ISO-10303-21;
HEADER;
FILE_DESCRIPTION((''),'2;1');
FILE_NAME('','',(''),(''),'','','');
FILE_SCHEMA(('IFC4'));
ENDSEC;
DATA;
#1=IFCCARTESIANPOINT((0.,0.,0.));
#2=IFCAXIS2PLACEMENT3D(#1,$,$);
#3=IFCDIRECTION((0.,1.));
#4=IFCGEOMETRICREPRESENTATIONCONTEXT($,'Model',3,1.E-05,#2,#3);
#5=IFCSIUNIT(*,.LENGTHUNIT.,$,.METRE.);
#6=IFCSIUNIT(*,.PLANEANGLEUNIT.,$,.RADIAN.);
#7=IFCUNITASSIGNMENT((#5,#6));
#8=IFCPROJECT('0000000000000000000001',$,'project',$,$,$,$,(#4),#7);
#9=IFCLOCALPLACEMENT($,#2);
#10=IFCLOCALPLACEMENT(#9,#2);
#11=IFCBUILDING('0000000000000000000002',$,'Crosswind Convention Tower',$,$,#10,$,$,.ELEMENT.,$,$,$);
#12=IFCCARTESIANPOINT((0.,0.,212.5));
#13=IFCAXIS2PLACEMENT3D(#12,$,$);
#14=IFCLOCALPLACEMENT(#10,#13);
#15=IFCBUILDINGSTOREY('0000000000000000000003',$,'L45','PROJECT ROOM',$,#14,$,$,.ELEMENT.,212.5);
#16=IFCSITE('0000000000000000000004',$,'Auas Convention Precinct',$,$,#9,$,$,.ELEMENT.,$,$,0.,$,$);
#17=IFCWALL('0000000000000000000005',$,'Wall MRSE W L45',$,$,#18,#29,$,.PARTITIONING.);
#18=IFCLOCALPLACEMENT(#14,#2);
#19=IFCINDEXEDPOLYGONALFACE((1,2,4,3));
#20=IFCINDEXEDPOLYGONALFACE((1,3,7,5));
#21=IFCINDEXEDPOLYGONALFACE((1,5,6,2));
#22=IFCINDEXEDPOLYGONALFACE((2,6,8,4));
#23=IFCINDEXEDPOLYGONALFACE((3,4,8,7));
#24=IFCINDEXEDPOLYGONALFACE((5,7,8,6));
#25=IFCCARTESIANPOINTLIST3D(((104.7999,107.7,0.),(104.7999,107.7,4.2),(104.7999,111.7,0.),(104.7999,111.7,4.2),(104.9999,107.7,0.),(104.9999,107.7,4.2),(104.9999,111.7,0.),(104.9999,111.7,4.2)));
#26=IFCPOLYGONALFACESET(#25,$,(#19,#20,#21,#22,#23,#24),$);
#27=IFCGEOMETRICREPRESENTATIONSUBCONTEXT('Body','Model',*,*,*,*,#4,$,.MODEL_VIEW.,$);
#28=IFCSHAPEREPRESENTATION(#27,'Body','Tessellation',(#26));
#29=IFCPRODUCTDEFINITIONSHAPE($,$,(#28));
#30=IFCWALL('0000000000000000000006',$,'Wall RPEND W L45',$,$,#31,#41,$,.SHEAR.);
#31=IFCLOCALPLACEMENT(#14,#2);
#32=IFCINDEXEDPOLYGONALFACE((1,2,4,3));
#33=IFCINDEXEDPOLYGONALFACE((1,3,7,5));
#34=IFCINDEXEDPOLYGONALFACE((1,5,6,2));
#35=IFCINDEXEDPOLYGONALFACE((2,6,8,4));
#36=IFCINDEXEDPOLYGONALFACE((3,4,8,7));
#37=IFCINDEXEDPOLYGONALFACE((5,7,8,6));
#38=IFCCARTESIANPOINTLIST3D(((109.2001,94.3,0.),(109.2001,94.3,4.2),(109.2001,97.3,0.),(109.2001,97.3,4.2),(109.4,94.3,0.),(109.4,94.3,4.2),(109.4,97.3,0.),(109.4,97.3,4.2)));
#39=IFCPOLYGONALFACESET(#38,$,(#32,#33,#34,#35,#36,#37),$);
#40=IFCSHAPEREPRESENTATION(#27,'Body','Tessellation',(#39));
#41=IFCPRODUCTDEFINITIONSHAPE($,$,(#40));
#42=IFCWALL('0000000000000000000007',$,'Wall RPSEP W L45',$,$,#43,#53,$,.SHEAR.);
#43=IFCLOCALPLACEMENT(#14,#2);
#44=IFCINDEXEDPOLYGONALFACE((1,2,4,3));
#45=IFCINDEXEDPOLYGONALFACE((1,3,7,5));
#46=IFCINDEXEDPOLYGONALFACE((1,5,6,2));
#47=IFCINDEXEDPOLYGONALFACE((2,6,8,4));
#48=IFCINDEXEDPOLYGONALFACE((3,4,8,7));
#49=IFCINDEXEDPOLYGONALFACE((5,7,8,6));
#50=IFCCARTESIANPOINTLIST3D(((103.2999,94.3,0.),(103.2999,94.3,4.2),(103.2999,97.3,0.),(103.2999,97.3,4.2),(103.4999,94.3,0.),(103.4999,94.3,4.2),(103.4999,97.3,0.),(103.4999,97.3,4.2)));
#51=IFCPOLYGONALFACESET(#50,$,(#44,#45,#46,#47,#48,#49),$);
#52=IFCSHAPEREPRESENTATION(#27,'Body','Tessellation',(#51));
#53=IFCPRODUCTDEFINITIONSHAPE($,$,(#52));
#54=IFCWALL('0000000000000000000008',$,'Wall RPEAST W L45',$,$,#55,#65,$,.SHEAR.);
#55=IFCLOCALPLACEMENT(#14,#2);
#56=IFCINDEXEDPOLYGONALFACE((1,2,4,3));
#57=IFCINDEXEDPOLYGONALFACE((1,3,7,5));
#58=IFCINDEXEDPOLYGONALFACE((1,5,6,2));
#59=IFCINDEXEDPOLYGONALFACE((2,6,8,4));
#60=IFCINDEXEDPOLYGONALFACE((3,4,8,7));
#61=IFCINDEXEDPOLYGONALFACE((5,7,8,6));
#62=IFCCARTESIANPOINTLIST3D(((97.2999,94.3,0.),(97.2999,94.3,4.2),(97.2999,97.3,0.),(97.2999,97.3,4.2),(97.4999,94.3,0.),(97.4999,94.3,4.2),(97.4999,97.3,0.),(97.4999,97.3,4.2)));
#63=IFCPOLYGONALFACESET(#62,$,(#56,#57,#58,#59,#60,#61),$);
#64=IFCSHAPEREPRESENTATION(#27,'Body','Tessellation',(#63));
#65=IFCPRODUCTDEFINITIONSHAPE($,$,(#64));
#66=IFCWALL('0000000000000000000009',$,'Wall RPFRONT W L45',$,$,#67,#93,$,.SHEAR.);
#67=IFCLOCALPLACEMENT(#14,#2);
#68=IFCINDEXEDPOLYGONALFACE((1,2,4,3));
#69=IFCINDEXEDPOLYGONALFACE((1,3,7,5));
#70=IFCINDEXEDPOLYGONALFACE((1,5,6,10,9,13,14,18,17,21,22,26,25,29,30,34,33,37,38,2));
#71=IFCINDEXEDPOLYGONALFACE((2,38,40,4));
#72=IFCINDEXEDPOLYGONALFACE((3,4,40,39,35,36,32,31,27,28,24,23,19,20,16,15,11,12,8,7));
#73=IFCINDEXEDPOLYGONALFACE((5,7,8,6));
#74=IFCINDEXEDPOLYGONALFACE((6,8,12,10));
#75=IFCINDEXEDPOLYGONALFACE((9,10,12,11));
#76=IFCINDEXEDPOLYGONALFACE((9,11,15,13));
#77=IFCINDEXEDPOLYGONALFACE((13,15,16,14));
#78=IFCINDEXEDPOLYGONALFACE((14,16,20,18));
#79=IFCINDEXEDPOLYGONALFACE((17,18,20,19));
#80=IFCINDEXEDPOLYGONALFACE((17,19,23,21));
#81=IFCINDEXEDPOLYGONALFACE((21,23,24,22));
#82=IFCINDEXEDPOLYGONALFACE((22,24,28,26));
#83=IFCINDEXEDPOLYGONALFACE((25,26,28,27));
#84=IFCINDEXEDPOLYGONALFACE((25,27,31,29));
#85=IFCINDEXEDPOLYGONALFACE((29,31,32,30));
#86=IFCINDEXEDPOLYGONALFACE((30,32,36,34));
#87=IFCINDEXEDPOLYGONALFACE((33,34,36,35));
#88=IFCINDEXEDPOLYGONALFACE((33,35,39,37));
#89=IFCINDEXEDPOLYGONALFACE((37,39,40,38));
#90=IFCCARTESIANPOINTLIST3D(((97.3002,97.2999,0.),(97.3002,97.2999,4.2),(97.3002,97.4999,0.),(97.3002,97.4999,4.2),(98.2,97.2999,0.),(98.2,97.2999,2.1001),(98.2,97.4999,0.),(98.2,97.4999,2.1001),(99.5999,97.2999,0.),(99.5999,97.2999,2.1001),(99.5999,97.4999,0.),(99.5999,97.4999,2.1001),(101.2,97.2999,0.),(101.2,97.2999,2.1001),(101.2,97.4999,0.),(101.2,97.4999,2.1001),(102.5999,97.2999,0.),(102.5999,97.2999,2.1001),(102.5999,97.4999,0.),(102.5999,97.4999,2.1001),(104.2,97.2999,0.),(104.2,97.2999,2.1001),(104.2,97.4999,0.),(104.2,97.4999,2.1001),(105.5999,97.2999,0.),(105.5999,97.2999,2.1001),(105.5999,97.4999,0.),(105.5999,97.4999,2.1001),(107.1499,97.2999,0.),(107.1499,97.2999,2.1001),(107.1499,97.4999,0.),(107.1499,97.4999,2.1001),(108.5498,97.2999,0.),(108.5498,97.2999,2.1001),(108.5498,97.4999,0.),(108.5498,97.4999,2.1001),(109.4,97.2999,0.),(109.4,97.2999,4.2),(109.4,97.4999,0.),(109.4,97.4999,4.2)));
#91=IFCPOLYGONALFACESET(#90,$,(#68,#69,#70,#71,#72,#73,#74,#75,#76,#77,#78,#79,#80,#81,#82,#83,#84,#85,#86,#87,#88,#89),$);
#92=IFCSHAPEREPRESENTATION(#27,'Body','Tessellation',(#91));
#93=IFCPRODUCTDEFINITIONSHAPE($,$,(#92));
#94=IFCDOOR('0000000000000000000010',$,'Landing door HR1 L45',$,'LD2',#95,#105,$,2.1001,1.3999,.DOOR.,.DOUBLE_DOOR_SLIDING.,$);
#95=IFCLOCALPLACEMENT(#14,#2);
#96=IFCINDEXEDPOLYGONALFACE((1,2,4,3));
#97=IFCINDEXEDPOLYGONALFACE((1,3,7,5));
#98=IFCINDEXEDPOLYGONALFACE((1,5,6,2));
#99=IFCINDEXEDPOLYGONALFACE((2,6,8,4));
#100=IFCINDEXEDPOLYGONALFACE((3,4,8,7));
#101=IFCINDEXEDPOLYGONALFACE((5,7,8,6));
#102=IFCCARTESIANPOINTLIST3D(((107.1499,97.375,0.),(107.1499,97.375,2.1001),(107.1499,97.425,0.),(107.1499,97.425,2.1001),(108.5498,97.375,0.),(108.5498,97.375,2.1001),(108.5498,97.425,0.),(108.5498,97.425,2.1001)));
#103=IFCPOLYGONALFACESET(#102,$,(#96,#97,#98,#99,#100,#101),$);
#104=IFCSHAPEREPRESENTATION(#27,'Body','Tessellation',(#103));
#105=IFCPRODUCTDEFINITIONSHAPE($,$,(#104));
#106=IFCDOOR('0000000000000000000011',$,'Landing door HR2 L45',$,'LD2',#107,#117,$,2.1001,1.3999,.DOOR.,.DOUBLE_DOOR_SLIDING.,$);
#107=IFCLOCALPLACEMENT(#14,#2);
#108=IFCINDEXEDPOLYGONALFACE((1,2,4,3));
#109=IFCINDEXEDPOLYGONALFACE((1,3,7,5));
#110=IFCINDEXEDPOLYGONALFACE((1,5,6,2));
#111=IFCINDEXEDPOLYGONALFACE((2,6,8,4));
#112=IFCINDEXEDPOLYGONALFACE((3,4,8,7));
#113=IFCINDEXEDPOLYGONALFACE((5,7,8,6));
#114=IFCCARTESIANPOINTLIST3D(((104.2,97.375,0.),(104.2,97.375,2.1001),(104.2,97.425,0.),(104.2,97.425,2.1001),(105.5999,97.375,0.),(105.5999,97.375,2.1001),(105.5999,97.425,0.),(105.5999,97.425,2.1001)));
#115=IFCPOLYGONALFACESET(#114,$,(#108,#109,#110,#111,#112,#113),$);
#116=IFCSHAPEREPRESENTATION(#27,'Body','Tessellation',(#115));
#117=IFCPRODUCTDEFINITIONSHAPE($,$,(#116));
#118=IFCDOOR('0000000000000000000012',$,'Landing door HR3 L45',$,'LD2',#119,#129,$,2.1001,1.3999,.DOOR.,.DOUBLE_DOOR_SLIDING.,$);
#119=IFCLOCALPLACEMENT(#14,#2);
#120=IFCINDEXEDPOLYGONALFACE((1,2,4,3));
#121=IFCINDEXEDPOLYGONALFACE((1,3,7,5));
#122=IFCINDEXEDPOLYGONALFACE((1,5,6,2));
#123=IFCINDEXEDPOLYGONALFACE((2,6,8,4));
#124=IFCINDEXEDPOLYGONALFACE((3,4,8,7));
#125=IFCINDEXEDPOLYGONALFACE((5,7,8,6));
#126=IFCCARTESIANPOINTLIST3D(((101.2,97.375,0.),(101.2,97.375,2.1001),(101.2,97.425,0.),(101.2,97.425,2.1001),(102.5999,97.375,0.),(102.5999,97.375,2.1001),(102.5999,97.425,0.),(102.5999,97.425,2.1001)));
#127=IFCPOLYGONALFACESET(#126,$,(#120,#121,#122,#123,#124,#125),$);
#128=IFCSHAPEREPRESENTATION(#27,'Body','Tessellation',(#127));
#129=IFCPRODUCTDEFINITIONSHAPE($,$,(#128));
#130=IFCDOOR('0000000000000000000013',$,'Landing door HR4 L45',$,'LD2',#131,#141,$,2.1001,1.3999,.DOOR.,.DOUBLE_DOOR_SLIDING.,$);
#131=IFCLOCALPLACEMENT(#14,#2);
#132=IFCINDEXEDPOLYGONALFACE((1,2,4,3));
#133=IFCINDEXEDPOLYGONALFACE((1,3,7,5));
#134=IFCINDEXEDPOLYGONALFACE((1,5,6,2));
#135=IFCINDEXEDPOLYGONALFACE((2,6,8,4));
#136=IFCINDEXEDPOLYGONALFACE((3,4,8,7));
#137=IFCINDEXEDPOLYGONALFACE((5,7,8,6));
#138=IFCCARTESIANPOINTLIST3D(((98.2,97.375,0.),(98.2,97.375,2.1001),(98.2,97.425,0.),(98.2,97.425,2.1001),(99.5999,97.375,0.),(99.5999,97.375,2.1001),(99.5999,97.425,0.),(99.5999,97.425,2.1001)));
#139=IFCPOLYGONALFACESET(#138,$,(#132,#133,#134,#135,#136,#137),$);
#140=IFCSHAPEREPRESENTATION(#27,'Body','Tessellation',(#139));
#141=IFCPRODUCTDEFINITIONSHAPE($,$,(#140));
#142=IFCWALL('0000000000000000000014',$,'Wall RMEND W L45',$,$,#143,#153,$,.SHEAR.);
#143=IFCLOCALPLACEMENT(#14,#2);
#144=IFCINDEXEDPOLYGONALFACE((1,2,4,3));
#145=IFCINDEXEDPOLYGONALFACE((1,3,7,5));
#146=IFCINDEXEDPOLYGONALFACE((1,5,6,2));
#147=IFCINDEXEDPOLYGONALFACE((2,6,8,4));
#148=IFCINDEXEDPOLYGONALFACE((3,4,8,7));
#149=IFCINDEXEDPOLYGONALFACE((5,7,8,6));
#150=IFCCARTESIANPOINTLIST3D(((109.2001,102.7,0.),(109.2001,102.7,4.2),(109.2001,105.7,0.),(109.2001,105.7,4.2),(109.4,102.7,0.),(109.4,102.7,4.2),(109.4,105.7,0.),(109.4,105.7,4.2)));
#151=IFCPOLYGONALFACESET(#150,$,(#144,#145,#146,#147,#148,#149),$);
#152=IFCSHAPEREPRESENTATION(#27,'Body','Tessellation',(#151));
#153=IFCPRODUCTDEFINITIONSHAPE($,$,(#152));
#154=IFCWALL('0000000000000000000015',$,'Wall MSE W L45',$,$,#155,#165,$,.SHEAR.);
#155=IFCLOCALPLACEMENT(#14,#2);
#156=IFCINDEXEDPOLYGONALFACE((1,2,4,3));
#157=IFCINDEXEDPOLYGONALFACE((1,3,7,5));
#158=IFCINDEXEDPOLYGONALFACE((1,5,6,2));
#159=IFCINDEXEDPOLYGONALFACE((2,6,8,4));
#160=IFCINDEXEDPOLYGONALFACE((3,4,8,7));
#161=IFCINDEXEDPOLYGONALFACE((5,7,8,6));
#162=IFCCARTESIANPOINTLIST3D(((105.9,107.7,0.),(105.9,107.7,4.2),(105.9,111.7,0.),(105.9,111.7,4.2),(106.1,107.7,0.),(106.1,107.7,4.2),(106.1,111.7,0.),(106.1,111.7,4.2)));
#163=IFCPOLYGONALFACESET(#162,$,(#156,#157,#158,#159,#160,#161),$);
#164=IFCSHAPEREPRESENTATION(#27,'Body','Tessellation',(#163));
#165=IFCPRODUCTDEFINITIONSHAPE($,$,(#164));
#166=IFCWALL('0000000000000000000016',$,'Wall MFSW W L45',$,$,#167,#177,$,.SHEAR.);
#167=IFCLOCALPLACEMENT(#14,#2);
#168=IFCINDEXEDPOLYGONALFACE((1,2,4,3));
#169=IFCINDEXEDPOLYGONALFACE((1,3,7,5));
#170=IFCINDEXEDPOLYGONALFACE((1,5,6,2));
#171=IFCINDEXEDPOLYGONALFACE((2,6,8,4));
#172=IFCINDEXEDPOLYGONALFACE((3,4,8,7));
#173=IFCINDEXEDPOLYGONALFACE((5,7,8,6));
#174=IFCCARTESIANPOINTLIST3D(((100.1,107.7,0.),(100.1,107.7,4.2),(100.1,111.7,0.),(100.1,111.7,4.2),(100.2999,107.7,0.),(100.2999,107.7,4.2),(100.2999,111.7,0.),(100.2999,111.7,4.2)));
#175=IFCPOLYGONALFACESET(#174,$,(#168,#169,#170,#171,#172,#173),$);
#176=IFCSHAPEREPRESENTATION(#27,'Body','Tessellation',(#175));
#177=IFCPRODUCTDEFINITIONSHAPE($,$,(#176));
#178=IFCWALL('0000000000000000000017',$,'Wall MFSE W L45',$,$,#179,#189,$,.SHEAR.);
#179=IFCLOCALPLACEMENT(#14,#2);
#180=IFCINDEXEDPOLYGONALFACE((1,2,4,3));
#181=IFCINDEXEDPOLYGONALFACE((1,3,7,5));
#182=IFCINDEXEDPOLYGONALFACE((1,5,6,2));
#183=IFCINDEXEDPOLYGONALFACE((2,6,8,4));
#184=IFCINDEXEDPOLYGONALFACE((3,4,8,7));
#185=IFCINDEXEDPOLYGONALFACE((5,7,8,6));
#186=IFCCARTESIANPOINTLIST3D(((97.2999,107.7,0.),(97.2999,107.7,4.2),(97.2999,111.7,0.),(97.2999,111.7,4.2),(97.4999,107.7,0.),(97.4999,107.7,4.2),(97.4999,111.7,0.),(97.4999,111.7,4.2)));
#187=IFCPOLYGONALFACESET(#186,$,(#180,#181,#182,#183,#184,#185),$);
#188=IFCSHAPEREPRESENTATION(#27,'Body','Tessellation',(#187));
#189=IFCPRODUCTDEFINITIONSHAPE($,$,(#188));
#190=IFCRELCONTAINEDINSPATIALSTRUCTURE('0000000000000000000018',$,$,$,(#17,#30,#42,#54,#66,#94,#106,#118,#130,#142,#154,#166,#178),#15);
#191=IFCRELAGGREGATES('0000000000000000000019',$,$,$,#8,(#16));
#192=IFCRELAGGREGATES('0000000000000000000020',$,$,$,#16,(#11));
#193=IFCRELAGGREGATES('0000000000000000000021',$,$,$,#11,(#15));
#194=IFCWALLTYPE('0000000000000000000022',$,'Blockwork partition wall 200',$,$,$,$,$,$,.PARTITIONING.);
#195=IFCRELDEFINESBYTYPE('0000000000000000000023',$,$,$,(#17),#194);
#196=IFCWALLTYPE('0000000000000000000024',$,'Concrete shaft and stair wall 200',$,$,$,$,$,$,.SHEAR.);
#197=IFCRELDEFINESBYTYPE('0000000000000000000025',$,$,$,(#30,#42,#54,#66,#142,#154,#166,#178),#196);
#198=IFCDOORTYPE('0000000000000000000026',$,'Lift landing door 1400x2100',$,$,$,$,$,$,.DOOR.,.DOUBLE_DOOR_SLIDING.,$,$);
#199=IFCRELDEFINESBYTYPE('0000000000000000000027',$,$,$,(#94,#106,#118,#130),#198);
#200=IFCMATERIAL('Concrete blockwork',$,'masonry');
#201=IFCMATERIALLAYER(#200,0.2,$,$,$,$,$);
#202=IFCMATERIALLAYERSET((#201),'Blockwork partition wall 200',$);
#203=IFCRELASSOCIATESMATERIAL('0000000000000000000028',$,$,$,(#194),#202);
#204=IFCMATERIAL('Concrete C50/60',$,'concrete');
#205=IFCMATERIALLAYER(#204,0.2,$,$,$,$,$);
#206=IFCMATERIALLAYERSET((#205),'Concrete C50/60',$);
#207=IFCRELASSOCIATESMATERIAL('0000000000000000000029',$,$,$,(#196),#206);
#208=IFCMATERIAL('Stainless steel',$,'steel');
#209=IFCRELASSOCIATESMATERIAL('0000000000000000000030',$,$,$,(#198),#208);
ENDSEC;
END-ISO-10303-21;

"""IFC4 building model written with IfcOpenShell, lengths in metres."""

from ifc_helpers import new_model, si_unit, direction, frame, frame_2d, origin, place, context, subcontext, project, spatial, rectangle, extrude, material, layer, layer_set, type_object, element, fill, save


model = new_model("IFC4")

# Units and contexts
model_context = context("Model", 3, precision=1e-05, world=origin(), true_north=direction((0.0, 1.0)))
body_context = subcontext(model_context, "Body", "Model", "MODEL_VIEW")
ifc_project = project(units=[si_unit("LENGTHUNIT", "METRE"), si_unit("PLANEANGLEUNIT", "RADIAN")], contexts=[model_context])

# Site, building, storey
site_placement = place(None, origin())
site = spatial("IfcSite", under=ifc_project, at=site_placement, Name="Auas Convention Precinct", CompositionType="ELEMENT", RefElevation=0.0)
building_placement = place(site_placement, origin())
building = spatial("IfcBuilding", under=site, at=building_placement, Name="Crosswind Convention Tower", CompositionType="ELEMENT")
storey_placement = place(building_placement, frame((0.0, 0.0, 212.5)))
storey = spatial("IfcBuildingStorey", under=building, at=storey_placement, Name="L45", Description="PROJECT ROOM", CompositionType="ELEMENT", Elevation=212.5)

# Walls
ifc_material_1 = material(Name="Concrete blockwork", Category="masonry")
ifc_layer_1 = layer(ifc_material_1, 0.2)
ifc_layer_set_1 = layer_set([ifc_layer_1], Name="Blockwork partition wall 200")
wall_type_1 = type_object("IfcWallType", Name="Blockwork partition wall 200", PredefinedType="PARTITIONING", material=ifc_layer_set_1)
wall_1_placement = place(storey_placement, frame((104.8999, 111.7, 0.0), z_axis=(0.0, 0.0, 1.0), x_axis=(0.0, -1.0, 0.0)))
element("IfcWall", 1, at=wall_1_placement, inside=storey, type_object=wall_type_1, Name="Wall MRSE W L45", PredefinedType="PARTITIONING", context=body_context, shape_type="SweptSolid", body=[
    extrude(rectangle(XDim=4.0, YDim=0.2, at=frame_2d((2.0, 0.0))), origin(), (0.0, 0.0, 1.0), 4.2),
])
ifc_material_2 = material(Name="Concrete C50/60", Category="concrete")
ifc_layer_2 = layer(ifc_material_2, 0.2)
ifc_layer_set_2 = layer_set([ifc_layer_2], Name="Concrete C50/60")
wall_type_2 = type_object("IfcWallType", Name="Concrete shaft and stair wall 200", PredefinedType="SHEAR", material=ifc_layer_set_2)
for number, where, z_axis, x_axis, name in (
    (2, (109.3, 97.3, 0.0), (0.0, 0.0, 1.0), (0.0, -1.0, 0.0), "Wall RPEND W L45"),
    (3, (103.3999, 97.3, 0.0), (0.0, 0.0, 1.0), (0.0, -1.0, 0.0), "Wall RPSEP W L45"),
    (4, (97.3999, 97.3, 0.0), (0.0, 0.0, 1.0), (0.0, -1.0, 0.0), "Wall RPEAST W L45"),
):
    element("IfcWall", number, at=place(storey_placement, frame(where, z_axis=z_axis, x_axis=x_axis)), inside=storey, type_object=wall_type_2, Name=name, PredefinedType="SHEAR", context=body_context, shape_type="SweptSolid", body=[
        extrude(rectangle(XDim=3.0, YDim=0.2, at=frame_2d((1.5, 0.0))), origin(), (0.0, 0.0, 1.0), 4.2),
    ])

# Wall, openings, doors
wall_2_placement = place(storey_placement, frame((109.3999, 97.3999, 0.0), z_axis=(0.0, 0.0, 1.0), x_axis=(-1.0, 0.0, 0.0)))
wall_2 = element("IfcWall", 5, at=wall_2_placement, inside=storey, type_object=wall_type_2, Name="Wall RPFRONT W L45", PredefinedType="SHEAR", context=body_context, shape_type="SweptSolid", body=[
    extrude(rectangle(XDim=12.0999, YDim=0.2, at=frame_2d((6.0498, 0.0))), origin(), (0.0, 0.0, 1.0), 4.2),
])
opening_1_placement = place(wall_2_placement, frame((0.8501, 0.0, 0.0)))
opening_1 = element("IfcOpeningElement", 6, at=opening_1_placement, cuts=wall_2, PredefinedType="OPENING", context=body_context, shape_type="SweptSolid", body=[
    extrude(rectangle(XDim=1.3999, YDim=2.1001, at=frame_2d((0.7, 1.05))), frame((0.0, 0.1099, 0.0), z_axis=(0.0, -1.0, 0.0), x_axis=(1.0, 0.0, 0.0)), (0.0, 0.0, 1.0), 0.22),
])
opening_2_placement = place(wall_2_placement, frame((3.8, 0.0, 0.0)))
opening_2 = element("IfcOpeningElement", 7, at=opening_2_placement, cuts=wall_2, PredefinedType="OPENING", context=body_context, shape_type="SweptSolid", body=[
    extrude(rectangle(XDim=1.3999, YDim=2.1001, at=frame_2d((0.7, 1.05))), frame((0.0, 0.1099, 0.0), z_axis=(0.0, -1.0, 0.0), x_axis=(1.0, 0.0, 0.0)), (0.0, 0.0, 1.0), 0.22),
])
opening_3_placement = place(wall_2_placement, frame((6.8, 0.0, 0.0)))
opening_3 = element("IfcOpeningElement", 8, at=opening_3_placement, cuts=wall_2, PredefinedType="OPENING", context=body_context, shape_type="SweptSolid", body=[
    extrude(rectangle(XDim=1.3999, YDim=2.1001, at=frame_2d((0.7, 1.05))), frame((0.0, 0.1099, 0.0), z_axis=(0.0, -1.0, 0.0), x_axis=(1.0, 0.0, 0.0)), (0.0, 0.0, 1.0), 0.22),
])
opening_4_placement = place(wall_2_placement, frame((9.8, 0.0, 0.0)))
opening_4 = element("IfcOpeningElement", 9, at=opening_4_placement, cuts=wall_2, PredefinedType="OPENING", context=body_context, shape_type="SweptSolid", body=[
    extrude(rectangle(XDim=1.3999, YDim=2.1001, at=frame_2d((0.7, 1.05))), frame((0.0, 0.1099, 0.0), z_axis=(0.0, -1.0, 0.0), x_axis=(1.0, 0.0, 0.0)), (0.0, 0.0, 1.0), 0.22),
])
ifc_material_3 = material(Name="Stainless steel", Category="steel")
door_type_1 = type_object("IfcDoorType", Name="Lift landing door 1400x2100", OperationType="DOUBLE_DOOR_SLIDING", PredefinedType="DOOR", material=ifc_material_3)
door_1_placement = place(opening_1_placement, origin())
door_1 = element("IfcDoor", 10, at=door_1_placement, inside=storey, type_object=door_type_1, Name="Landing door HR1 L45", ObjectType="LD2", OperationType="DOUBLE_DOOR_SLIDING", OverallHeight=2.1001, OverallWidth=1.3999, PredefinedType="DOOR", context=body_context, shape_type="SweptSolid", body=[
    extrude(rectangle(XDim=1.3999, YDim=2.1001, at=frame_2d((0.7, 1.05))), frame((0.0, 0.0249, 0.0), z_axis=(0.0, -1.0, 0.0), x_axis=(1.0, 0.0, 0.0)), (0.0, 0.0, 1.0), 0.05),
])
fill(opening_1, door_1)
door_2_placement = place(opening_2_placement, origin())
door_2 = element("IfcDoor", 11, at=door_2_placement, inside=storey, type_object=door_type_1, Name="Landing door HR2 L45", ObjectType="LD2", OperationType="DOUBLE_DOOR_SLIDING", OverallHeight=2.1001, OverallWidth=1.3999, PredefinedType="DOOR", context=body_context, shape_type="SweptSolid", body=[
    extrude(rectangle(XDim=1.3999, YDim=2.1001, at=frame_2d((0.7, 1.05))), frame((0.0, 0.0249, 0.0), z_axis=(0.0, -1.0, 0.0), x_axis=(1.0, 0.0, 0.0)), (0.0, 0.0, 1.0), 0.05),
])
fill(opening_2, door_2)
door_3_placement = place(opening_3_placement, origin())
door_3 = element("IfcDoor", 12, at=door_3_placement, inside=storey, type_object=door_type_1, Name="Landing door HR3 L45", ObjectType="LD2", OperationType="DOUBLE_DOOR_SLIDING", OverallHeight=2.1001, OverallWidth=1.3999, PredefinedType="DOOR", context=body_context, shape_type="SweptSolid", body=[
    extrude(rectangle(XDim=1.3999, YDim=2.1001, at=frame_2d((0.7, 1.05))), frame((0.0, 0.0249, 0.0), z_axis=(0.0, -1.0, 0.0), x_axis=(1.0, 0.0, 0.0)), (0.0, 0.0, 1.0), 0.05),
])
fill(opening_3, door_3)
door_4_placement = place(opening_4_placement, origin())
door_4 = element("IfcDoor", 13, at=door_4_placement, inside=storey, type_object=door_type_1, Name="Landing door HR4 L45", ObjectType="LD2", OperationType="DOUBLE_DOOR_SLIDING", OverallHeight=2.1001, OverallWidth=1.3999, PredefinedType="DOOR", context=body_context, shape_type="SweptSolid", body=[
    extrude(rectangle(XDim=1.3999, YDim=2.1001, at=frame_2d((0.7, 1.05))), frame((0.0, 0.0249, 0.0), z_axis=(0.0, -1.0, 0.0), x_axis=(1.0, 0.0, 0.0)), (0.0, 0.0, 1.0), 0.05),
])
fill(opening_4, door_4)

# Walls
wall_3_placement = place(storey_placement, frame((109.3, 105.7, 0.0), z_axis=(0.0, 0.0, 1.0), x_axis=(0.0, -1.0, 0.0)))
element("IfcWall", 14, at=wall_3_placement, inside=storey, type_object=wall_type_2, Name="Wall RMEND W L45", PredefinedType="SHEAR", context=body_context, shape_type="SweptSolid", body=[
    extrude(rectangle(XDim=3.0, YDim=0.2, at=frame_2d((1.5, 0.0))), origin(), (0.0, 0.0, 1.0), 4.2),
])
for number, where, z_axis, x_axis, name in (
    (15, (106.0, 111.7, 0.0), (0.0, 0.0, 1.0), (0.0, -1.0, 0.0), "Wall MSE W L45"),
    (16, (100.2, 111.7, 0.0), (0.0, 0.0, 1.0), (0.0, -1.0, 0.0), "Wall MFSW W L45"),
    (17, (97.3999, 111.7, 0.0), (0.0, 0.0, 1.0), (0.0, -1.0, 0.0), "Wall MFSE W L45"),
):
    element("IfcWall", number, at=place(storey_placement, frame(where, z_axis=z_axis, x_axis=x_axis)), inside=storey, type_object=wall_type_2, Name=name, PredefinedType="SHEAR", context=body_context, shape_type="SweptSolid", body=[
        extrude(rectangle(XDim=4.0, YDim=0.2, at=frame_2d((2.0, 0.0))), origin(), (0.0, 0.0, 1.0), 4.2),
    ])

save(model, "model.ifc")
